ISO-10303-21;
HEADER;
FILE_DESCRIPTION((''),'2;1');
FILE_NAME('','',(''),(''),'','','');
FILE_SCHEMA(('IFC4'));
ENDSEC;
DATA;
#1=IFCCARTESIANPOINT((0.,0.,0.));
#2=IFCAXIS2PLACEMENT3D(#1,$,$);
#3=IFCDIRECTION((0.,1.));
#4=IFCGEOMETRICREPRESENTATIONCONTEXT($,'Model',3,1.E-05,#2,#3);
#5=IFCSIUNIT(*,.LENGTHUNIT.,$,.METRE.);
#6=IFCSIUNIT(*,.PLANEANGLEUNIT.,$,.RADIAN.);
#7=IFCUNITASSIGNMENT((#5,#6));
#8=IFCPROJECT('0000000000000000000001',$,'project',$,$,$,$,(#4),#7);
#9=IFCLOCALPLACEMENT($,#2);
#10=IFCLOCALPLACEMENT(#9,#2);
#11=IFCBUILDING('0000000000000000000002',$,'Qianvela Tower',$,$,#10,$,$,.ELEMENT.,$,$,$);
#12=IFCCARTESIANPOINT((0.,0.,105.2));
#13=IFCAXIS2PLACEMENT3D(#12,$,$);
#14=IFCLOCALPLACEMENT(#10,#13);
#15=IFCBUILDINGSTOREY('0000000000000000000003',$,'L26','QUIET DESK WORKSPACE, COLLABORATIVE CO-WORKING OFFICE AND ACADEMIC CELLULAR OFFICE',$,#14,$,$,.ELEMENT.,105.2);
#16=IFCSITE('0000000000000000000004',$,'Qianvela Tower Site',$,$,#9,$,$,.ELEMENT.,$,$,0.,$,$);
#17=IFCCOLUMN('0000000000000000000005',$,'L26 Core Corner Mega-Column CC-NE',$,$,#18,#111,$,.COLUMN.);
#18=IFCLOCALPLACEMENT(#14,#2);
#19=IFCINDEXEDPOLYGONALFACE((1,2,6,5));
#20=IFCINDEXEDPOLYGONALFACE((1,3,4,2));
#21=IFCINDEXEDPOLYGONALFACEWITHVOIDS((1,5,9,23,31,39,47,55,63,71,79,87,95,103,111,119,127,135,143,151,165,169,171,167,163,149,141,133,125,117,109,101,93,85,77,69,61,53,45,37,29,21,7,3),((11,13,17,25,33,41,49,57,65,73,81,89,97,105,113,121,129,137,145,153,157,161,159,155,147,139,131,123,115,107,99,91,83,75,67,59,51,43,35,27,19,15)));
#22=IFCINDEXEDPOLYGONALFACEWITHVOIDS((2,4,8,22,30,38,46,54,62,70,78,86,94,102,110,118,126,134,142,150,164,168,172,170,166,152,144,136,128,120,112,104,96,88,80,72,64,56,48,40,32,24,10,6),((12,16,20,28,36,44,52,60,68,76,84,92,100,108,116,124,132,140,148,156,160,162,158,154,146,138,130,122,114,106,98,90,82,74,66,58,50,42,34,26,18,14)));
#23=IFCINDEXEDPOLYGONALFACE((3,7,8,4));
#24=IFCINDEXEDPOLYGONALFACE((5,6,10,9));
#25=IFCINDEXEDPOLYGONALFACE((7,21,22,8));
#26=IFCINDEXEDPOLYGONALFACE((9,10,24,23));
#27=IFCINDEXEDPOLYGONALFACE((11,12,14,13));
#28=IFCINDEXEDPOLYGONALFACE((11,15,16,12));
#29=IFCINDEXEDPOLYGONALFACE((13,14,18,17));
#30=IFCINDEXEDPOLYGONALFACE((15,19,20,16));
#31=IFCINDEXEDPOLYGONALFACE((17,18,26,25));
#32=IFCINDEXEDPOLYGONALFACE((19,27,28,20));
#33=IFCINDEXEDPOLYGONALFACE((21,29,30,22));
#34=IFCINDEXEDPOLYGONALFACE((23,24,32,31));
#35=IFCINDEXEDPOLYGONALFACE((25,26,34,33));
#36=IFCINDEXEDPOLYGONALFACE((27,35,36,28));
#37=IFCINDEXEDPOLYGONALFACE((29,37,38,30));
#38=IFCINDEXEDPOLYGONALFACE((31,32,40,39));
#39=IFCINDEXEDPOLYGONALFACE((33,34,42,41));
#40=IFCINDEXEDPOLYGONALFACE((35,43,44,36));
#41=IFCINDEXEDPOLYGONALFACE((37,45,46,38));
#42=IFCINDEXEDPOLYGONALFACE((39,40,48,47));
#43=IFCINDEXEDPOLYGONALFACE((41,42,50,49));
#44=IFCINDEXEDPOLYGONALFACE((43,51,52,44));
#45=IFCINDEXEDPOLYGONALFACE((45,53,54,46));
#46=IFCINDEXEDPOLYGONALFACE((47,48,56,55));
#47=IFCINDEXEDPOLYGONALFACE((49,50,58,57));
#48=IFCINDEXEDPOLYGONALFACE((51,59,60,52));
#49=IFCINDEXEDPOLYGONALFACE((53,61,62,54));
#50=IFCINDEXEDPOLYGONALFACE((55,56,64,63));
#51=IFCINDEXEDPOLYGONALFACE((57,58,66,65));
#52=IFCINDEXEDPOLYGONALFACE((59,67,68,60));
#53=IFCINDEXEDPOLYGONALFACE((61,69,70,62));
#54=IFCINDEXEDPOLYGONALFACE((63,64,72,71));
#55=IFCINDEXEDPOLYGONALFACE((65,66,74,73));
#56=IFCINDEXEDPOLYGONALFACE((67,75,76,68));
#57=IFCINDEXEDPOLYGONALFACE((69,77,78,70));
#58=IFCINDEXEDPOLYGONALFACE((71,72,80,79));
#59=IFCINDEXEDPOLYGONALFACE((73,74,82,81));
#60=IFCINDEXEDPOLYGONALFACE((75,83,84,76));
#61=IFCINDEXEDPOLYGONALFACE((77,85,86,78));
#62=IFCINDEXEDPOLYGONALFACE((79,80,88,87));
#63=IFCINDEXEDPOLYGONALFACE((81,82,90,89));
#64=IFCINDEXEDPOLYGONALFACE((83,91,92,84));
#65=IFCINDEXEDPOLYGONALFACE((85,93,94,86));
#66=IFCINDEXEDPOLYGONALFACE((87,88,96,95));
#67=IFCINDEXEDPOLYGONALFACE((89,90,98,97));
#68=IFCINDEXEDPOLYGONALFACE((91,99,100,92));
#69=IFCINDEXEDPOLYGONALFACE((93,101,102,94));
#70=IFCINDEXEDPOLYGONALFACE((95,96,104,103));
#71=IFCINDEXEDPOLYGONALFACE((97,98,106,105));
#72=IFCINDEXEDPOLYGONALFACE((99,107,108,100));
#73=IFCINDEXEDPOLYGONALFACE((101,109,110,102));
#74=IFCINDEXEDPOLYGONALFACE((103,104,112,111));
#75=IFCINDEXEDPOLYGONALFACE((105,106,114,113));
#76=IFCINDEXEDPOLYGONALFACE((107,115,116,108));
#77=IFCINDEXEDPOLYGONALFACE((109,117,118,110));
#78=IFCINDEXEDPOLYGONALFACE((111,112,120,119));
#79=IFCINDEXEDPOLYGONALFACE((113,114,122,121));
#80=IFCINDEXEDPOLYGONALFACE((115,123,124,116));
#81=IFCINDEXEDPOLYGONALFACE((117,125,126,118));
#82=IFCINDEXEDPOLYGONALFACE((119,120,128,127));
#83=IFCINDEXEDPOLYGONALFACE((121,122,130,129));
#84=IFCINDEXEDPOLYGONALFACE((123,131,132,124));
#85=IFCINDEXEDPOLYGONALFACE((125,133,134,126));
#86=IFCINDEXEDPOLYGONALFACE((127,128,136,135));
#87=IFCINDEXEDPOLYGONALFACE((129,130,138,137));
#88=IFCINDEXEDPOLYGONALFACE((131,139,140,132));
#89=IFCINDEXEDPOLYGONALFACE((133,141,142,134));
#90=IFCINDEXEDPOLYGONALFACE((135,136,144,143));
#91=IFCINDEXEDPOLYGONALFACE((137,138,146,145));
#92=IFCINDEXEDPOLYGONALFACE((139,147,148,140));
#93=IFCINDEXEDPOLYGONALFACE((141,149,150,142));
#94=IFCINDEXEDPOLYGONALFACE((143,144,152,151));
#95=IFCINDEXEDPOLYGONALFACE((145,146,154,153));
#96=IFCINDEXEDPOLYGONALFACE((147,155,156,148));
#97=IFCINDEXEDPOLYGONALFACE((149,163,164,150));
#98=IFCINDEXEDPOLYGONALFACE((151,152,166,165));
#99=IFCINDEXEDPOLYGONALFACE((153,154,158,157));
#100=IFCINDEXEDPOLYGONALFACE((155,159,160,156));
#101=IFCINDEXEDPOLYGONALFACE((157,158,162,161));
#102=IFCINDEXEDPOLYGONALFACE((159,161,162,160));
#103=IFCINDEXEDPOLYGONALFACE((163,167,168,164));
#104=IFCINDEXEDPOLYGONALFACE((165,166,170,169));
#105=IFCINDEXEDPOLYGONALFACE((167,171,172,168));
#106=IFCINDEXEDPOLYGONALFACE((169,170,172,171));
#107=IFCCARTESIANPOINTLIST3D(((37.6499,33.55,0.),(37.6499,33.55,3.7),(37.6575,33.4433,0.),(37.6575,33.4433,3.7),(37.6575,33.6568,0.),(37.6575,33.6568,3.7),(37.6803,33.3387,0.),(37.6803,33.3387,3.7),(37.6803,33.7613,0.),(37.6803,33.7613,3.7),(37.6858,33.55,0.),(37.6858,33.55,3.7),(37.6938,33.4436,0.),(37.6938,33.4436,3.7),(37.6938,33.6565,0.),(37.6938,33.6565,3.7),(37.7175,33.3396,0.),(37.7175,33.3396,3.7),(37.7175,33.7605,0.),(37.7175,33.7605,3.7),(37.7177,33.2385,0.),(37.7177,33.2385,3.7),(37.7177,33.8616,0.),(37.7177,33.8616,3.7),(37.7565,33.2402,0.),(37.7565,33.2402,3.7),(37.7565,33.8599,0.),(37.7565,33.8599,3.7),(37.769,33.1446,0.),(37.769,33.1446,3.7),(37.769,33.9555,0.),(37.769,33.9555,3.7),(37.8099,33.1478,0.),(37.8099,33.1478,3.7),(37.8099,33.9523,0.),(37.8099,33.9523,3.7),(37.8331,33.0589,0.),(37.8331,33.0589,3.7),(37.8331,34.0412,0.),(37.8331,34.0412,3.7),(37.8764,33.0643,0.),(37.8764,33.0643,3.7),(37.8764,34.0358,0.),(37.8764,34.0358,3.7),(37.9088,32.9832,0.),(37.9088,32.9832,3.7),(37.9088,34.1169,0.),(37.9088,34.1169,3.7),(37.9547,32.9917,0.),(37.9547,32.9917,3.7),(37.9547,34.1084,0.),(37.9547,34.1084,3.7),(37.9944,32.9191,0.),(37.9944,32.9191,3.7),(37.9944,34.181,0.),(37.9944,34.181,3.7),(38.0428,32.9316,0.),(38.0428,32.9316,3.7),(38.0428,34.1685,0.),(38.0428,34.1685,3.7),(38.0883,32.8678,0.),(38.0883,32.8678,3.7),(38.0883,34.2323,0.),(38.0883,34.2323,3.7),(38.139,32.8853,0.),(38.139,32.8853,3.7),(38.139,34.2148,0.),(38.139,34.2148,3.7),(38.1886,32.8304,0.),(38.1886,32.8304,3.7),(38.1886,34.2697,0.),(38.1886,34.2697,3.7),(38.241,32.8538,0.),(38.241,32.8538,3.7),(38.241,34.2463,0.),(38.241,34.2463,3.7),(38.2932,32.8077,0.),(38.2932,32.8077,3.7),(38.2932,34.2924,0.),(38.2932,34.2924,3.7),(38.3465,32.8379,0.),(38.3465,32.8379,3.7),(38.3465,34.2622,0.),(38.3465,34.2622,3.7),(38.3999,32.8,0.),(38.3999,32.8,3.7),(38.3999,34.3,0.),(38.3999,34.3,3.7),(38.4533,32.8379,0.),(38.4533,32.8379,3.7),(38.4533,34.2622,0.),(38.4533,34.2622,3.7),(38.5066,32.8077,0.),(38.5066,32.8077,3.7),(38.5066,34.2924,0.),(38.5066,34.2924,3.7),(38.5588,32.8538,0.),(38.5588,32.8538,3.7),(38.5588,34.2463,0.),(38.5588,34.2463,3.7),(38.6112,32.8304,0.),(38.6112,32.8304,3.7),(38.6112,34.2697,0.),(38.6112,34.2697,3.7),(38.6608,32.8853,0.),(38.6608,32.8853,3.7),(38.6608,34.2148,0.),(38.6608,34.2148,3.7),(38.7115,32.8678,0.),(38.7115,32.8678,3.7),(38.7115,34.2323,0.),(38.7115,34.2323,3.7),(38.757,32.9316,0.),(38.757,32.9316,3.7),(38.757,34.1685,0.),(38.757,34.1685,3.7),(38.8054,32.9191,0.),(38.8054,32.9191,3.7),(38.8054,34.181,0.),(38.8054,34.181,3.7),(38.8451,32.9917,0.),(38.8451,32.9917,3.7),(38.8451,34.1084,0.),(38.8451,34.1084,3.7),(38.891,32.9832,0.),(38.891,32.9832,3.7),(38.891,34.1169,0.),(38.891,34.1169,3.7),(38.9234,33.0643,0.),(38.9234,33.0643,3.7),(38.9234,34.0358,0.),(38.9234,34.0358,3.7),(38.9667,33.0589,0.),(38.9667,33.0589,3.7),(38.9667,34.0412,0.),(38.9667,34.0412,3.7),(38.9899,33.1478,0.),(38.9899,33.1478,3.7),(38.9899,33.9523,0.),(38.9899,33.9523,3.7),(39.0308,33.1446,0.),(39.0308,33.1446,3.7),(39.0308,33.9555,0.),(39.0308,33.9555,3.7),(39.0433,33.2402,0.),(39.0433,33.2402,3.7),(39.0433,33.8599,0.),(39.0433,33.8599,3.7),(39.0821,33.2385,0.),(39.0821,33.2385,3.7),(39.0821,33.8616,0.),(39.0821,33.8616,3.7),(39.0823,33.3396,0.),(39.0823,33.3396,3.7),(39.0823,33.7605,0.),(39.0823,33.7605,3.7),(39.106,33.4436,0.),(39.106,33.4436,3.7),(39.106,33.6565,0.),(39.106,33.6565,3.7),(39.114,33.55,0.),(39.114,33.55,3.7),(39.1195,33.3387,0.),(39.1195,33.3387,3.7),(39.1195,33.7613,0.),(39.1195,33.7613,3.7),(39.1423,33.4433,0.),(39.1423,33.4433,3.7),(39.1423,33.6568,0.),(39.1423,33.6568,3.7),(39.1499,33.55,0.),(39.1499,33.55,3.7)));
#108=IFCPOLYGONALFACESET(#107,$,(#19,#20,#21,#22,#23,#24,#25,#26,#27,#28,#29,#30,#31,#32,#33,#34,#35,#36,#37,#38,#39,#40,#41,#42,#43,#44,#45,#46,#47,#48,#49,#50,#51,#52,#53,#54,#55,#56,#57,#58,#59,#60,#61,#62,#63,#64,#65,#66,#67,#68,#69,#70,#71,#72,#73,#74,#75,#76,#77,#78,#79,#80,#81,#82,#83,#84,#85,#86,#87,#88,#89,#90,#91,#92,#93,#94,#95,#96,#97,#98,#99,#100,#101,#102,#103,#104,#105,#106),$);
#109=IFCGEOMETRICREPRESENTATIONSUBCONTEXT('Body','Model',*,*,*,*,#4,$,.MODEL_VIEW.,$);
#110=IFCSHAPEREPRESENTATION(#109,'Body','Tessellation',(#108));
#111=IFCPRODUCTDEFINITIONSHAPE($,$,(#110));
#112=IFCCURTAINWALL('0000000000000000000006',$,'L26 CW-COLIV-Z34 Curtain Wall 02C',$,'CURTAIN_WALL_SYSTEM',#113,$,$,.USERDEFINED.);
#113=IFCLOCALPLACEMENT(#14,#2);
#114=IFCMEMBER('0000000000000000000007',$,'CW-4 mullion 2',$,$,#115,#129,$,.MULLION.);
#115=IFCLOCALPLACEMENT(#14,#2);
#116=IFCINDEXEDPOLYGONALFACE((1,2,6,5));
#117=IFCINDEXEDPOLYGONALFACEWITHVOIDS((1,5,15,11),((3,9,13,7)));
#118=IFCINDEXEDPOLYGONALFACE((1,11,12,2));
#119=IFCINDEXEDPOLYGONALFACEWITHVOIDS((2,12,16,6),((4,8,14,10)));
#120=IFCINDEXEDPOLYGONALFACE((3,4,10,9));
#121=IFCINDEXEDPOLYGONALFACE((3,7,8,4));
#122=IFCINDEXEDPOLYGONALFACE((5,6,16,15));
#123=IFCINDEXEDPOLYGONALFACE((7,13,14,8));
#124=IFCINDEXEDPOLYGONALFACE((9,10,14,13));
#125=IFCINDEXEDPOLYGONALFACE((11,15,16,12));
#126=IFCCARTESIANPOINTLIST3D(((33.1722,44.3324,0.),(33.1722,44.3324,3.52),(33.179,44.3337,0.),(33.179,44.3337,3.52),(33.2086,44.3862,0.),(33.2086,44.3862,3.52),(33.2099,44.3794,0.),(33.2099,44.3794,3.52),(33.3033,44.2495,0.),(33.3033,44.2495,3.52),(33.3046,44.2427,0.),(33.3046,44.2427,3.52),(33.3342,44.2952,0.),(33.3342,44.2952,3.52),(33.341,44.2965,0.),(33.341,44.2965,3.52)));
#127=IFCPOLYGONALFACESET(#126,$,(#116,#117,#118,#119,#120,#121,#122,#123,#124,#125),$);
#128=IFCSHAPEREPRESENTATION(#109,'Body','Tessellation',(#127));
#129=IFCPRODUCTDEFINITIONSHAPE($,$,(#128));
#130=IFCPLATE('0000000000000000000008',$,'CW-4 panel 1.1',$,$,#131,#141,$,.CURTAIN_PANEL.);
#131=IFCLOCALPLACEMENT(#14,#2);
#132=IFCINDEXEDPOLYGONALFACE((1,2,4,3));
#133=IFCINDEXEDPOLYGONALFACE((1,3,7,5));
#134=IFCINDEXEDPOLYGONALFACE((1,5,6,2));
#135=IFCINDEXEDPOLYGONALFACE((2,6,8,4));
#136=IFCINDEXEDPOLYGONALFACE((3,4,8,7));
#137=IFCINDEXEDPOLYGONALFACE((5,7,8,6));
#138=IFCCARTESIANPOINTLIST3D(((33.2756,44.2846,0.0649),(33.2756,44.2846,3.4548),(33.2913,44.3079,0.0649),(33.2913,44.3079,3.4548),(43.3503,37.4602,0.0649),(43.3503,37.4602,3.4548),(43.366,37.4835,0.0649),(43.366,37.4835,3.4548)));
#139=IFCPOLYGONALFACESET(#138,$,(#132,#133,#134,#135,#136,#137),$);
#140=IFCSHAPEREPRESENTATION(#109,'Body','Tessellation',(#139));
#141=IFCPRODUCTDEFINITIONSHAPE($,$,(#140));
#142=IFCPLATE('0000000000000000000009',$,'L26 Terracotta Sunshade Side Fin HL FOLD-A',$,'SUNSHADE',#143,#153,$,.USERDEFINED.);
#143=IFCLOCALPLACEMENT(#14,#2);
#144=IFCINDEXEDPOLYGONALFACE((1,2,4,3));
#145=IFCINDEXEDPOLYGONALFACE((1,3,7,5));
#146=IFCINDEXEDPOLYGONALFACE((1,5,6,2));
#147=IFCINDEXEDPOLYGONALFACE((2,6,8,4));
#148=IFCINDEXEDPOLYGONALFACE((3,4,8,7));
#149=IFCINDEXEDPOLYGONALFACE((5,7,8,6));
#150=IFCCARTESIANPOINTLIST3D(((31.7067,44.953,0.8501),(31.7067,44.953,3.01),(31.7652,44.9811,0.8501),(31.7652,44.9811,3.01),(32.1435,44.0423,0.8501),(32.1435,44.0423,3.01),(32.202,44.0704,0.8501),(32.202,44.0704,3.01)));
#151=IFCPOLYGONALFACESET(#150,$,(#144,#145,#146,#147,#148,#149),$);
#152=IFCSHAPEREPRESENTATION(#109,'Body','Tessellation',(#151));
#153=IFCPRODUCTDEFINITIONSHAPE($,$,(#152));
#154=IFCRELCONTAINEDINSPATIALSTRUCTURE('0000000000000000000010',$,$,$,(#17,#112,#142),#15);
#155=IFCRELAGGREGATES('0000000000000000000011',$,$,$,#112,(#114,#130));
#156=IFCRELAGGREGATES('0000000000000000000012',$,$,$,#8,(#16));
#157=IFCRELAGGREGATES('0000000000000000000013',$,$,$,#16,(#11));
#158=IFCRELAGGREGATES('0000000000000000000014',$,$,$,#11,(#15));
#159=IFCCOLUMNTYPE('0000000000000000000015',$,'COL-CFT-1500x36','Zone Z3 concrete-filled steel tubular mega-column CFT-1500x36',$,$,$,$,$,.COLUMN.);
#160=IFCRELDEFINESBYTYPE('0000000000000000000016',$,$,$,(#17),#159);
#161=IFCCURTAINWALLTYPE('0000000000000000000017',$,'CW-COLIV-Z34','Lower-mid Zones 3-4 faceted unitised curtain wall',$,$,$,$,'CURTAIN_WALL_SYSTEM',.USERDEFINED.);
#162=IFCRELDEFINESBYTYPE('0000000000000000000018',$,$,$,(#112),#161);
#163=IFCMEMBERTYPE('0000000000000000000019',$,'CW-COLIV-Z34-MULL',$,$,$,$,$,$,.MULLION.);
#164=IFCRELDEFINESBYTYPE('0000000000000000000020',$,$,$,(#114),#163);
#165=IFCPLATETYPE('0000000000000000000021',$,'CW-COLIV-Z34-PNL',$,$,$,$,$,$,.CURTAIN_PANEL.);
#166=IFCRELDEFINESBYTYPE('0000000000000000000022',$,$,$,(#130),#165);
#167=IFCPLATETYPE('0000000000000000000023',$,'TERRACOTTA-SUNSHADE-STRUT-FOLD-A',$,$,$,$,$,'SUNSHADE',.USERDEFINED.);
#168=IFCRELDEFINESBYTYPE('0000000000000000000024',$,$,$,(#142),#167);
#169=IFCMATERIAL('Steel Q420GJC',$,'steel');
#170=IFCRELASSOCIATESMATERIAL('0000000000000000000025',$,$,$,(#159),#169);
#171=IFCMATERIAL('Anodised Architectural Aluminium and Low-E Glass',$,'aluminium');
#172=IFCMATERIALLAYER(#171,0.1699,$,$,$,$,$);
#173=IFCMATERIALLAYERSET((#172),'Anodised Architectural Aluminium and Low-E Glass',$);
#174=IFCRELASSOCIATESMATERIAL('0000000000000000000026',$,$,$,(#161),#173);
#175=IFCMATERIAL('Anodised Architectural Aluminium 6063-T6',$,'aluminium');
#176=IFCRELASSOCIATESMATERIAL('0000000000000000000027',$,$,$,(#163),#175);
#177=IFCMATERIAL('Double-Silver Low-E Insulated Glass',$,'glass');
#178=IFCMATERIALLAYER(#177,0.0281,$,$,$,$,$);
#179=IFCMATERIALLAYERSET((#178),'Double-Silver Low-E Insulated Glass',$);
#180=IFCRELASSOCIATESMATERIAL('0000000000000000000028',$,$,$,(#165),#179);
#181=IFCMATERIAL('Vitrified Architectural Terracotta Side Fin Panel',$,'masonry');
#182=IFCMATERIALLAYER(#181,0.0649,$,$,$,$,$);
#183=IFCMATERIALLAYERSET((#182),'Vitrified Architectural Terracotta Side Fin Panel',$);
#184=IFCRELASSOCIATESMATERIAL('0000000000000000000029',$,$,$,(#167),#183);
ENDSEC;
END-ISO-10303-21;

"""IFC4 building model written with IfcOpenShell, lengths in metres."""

from ifc_helpers import new_model, si_unit, direction, frame, origin, origin_2d, place, context, subcontext, project, spatial, rectangle, hollow_rectangle, hollow_circle, extrude, material, layer, layer_set, material_profile, profile_set, type_object, element, aggregate, save


model = new_model("IFC4")

# Units and contexts
model_context = context("Model", 3, precision=1e-05, world=origin(), true_north=direction((0.0, 1.0)))
body_context = subcontext(model_context, "Body", "Model", "MODEL_VIEW")
ifc_project = project(units=[si_unit("LENGTHUNIT", "METRE"), si_unit("PLANEANGLEUNIT", "RADIAN")], contexts=[model_context])

# Site, building, storey
site_placement = place(None, origin())
site = spatial("IfcSite", under=ifc_project, at=site_placement, Name="Qianvela Tower Site", CompositionType="ELEMENT", RefElevation=0.0)
building_placement = place(site_placement, origin())
building = spatial("IfcBuilding", under=site, at=building_placement, Name="Qianvela Tower", CompositionType="ELEMENT")
storey_placement = place(building_placement, frame((0.0, 0.0, 105.2)))
storey = spatial("IfcBuildingStorey", under=building, at=storey_placement, Name="L26", Description="QUIET DESK WORKSPACE, COLLABORATIVE CO-WORKING OFFICE AND ACADEMIC CELLULAR OFFICE", CompositionType="ELEMENT", Elevation=105.2)

# Column
ifc_material_1 = material(Name="Steel Q420GJC", Category="steel")
ifc_material_profile_1 = material_profile(ifc_material_1, hollow_circle(Radius=0.75, WallThickness=0.0359, at=origin_2d()), Name="CFT-1500x36")
ifc_profile_set_1 = profile_set([ifc_material_profile_1], Name="Steel Q420GJC")
column_type = type_object("IfcColumnType", Name="COL-CFT-1500x36", Description="Zone Z3 concrete-filled steel tubular mega-column CFT-1500x36", PredefinedType="COLUMN", material=ifc_profile_set_1)
column_placement = place(storey_placement, frame((38.3999, 33.55, 0.0), z_axis=(0.0, 0.0, 1.0), x_axis=(1.0, 0.0, 0.0)))
element("IfcColumn", 1, at=column_placement, inside=storey, type_object=column_type, Name="L26 Core Corner Mega-Column CC-NE", PredefinedType="COLUMN", context=body_context, shape_type="SweptSolid", body=[
    extrude(hollow_circle(Radius=0.75, WallThickness=0.0359, at=origin_2d()), origin(), (0.0, 0.0, 1.0), 3.7),
])

# Curtain wall, member, plate
ifc_material_2 = material(Name="Anodised Architectural Aluminium and Low-E Glass", Category="aluminium")
ifc_layer_1 = layer(ifc_material_2, 0.1699)
ifc_layer_set_1 = layer_set([ifc_layer_1], Name="Anodised Architectural Aluminium and Low-E Glass")
curtain_wall_type = type_object("IfcCurtainWallType", Name="CW-COLIV-Z34", Description="Lower-mid Zones 3-4 faceted unitised curtain wall", ElementType="CURTAIN_WALL_SYSTEM", PredefinedType="USERDEFINED", material=ifc_layer_set_1)
curtain_wall_placement = place(storey_placement, origin())
curtain_wall = element("IfcCurtainWall", 2, at=curtain_wall_placement, inside=storey, type_object=curtain_wall_type, Name="L26 CW-COLIV-Z34 Curtain Wall 02C", ObjectType="CURTAIN_WALL_SYSTEM", PredefinedType="USERDEFINED")
ifc_material_3 = material(Name="Anodised Architectural Aluminium 6063-T6", Category="aluminium")
ifc_material_profile_2 = material_profile(ifc_material_3, hollow_rectangle(XDim=0.0649, YDim=0.1599, WallThickness=0.0049, at=origin_2d()), Name="ALU-MULL-65x160")
ifc_profile_set_2 = profile_set([ifc_material_profile_2], Name="Anodised Architectural Aluminium 6063-T6")
member_type = type_object("IfcMemberType", Name="CW-COLIV-Z34-MULL", PredefinedType="MULLION", material=ifc_profile_set_2)
member_placement = place(storey_placement, frame((33.2566, 44.3145, 0.0), z_axis=(0.0, 0.0, 1.0), x_axis=(-0.560827, -0.827933, 0.0)))
member = element("IfcMember", 3, at=member_placement, type_object=member_type, Name="CW-4 mullion 2", PredefinedType="MULLION", context=body_context, shape_type="SweptSolid", body=[
    extrude(hollow_rectangle(XDim=0.0649, YDim=0.1599, WallThickness=0.0049, at=origin_2d()), origin(), (0.0, 0.0, 1.0), 3.52),
])
ifc_material_4 = material(Name="Double-Silver Low-E Insulated Glass", Category="glass")
ifc_layer_2 = layer(ifc_material_4, 0.0281)
ifc_layer_set_2 = layer_set([ifc_layer_2], Name="Double-Silver Low-E Insulated Glass")
plate_type_1 = type_object("IfcPlateType", Name="CW-COLIV-Z34-PNL", PredefinedType="CURTAIN_PANEL", material=ifc_layer_set_2)
plate_1_placement = place(storey_placement, frame((38.3208, 40.884, 0.0649), z_axis=(0.0, 0.0, 1.0), x_axis=(-0.827933, 0.560827, 0.0)))
plate_1 = element("IfcPlate", 4, at=plate_1_placement, type_object=plate_type_1, Name="CW-4 panel 1.1", PredefinedType="CURTAIN_PANEL", context=body_context, shape_type="SweptSolid", body=[
    extrude(rectangle(XDim=12.1685, YDim=0.0281, at=origin_2d()), origin(), (0.0, 0.0, 1.0), 3.3899),
])
aggregate(curtain_wall, [member, plate_1])

# Plate
ifc_material_5 = material(Name="Vitrified Architectural Terracotta Side Fin Panel", Category="masonry")
ifc_layer_3 = layer(ifc_material_5, 0.0649)
ifc_layer_set_3 = layer_set([ifc_layer_3], Name="Vitrified Architectural Terracotta Side Fin Panel")
plate_type_2 = type_object("IfcPlateType", Name="TERRACOTTA-SUNSHADE-STRUT-FOLD-A", ElementType="SUNSHADE", PredefinedType="USERDEFINED", material=ifc_layer_set_3)
plate_2_placement = place(storey_placement, frame((31.9543, 44.5117, 0.8501), z_axis=(0.0, 0.0, 1.0), x_axis=(-0.901637, -0.432493, 0.0)))
element("IfcPlate", 5, at=plate_2_placement, inside=storey, type_object=plate_type_2, Name="L26 Terracotta Sunshade Side Fin HL FOLD-A", ObjectType="SUNSHADE", PredefinedType="USERDEFINED", context=body_context, shape_type="SweptSolid", body=[
    extrude(rectangle(XDim=0.0649, YDim=1.01, at=origin_2d()), origin(), (0.0, 0.0, 1.0), 2.1599),
])

save(model, "model.ifc")
